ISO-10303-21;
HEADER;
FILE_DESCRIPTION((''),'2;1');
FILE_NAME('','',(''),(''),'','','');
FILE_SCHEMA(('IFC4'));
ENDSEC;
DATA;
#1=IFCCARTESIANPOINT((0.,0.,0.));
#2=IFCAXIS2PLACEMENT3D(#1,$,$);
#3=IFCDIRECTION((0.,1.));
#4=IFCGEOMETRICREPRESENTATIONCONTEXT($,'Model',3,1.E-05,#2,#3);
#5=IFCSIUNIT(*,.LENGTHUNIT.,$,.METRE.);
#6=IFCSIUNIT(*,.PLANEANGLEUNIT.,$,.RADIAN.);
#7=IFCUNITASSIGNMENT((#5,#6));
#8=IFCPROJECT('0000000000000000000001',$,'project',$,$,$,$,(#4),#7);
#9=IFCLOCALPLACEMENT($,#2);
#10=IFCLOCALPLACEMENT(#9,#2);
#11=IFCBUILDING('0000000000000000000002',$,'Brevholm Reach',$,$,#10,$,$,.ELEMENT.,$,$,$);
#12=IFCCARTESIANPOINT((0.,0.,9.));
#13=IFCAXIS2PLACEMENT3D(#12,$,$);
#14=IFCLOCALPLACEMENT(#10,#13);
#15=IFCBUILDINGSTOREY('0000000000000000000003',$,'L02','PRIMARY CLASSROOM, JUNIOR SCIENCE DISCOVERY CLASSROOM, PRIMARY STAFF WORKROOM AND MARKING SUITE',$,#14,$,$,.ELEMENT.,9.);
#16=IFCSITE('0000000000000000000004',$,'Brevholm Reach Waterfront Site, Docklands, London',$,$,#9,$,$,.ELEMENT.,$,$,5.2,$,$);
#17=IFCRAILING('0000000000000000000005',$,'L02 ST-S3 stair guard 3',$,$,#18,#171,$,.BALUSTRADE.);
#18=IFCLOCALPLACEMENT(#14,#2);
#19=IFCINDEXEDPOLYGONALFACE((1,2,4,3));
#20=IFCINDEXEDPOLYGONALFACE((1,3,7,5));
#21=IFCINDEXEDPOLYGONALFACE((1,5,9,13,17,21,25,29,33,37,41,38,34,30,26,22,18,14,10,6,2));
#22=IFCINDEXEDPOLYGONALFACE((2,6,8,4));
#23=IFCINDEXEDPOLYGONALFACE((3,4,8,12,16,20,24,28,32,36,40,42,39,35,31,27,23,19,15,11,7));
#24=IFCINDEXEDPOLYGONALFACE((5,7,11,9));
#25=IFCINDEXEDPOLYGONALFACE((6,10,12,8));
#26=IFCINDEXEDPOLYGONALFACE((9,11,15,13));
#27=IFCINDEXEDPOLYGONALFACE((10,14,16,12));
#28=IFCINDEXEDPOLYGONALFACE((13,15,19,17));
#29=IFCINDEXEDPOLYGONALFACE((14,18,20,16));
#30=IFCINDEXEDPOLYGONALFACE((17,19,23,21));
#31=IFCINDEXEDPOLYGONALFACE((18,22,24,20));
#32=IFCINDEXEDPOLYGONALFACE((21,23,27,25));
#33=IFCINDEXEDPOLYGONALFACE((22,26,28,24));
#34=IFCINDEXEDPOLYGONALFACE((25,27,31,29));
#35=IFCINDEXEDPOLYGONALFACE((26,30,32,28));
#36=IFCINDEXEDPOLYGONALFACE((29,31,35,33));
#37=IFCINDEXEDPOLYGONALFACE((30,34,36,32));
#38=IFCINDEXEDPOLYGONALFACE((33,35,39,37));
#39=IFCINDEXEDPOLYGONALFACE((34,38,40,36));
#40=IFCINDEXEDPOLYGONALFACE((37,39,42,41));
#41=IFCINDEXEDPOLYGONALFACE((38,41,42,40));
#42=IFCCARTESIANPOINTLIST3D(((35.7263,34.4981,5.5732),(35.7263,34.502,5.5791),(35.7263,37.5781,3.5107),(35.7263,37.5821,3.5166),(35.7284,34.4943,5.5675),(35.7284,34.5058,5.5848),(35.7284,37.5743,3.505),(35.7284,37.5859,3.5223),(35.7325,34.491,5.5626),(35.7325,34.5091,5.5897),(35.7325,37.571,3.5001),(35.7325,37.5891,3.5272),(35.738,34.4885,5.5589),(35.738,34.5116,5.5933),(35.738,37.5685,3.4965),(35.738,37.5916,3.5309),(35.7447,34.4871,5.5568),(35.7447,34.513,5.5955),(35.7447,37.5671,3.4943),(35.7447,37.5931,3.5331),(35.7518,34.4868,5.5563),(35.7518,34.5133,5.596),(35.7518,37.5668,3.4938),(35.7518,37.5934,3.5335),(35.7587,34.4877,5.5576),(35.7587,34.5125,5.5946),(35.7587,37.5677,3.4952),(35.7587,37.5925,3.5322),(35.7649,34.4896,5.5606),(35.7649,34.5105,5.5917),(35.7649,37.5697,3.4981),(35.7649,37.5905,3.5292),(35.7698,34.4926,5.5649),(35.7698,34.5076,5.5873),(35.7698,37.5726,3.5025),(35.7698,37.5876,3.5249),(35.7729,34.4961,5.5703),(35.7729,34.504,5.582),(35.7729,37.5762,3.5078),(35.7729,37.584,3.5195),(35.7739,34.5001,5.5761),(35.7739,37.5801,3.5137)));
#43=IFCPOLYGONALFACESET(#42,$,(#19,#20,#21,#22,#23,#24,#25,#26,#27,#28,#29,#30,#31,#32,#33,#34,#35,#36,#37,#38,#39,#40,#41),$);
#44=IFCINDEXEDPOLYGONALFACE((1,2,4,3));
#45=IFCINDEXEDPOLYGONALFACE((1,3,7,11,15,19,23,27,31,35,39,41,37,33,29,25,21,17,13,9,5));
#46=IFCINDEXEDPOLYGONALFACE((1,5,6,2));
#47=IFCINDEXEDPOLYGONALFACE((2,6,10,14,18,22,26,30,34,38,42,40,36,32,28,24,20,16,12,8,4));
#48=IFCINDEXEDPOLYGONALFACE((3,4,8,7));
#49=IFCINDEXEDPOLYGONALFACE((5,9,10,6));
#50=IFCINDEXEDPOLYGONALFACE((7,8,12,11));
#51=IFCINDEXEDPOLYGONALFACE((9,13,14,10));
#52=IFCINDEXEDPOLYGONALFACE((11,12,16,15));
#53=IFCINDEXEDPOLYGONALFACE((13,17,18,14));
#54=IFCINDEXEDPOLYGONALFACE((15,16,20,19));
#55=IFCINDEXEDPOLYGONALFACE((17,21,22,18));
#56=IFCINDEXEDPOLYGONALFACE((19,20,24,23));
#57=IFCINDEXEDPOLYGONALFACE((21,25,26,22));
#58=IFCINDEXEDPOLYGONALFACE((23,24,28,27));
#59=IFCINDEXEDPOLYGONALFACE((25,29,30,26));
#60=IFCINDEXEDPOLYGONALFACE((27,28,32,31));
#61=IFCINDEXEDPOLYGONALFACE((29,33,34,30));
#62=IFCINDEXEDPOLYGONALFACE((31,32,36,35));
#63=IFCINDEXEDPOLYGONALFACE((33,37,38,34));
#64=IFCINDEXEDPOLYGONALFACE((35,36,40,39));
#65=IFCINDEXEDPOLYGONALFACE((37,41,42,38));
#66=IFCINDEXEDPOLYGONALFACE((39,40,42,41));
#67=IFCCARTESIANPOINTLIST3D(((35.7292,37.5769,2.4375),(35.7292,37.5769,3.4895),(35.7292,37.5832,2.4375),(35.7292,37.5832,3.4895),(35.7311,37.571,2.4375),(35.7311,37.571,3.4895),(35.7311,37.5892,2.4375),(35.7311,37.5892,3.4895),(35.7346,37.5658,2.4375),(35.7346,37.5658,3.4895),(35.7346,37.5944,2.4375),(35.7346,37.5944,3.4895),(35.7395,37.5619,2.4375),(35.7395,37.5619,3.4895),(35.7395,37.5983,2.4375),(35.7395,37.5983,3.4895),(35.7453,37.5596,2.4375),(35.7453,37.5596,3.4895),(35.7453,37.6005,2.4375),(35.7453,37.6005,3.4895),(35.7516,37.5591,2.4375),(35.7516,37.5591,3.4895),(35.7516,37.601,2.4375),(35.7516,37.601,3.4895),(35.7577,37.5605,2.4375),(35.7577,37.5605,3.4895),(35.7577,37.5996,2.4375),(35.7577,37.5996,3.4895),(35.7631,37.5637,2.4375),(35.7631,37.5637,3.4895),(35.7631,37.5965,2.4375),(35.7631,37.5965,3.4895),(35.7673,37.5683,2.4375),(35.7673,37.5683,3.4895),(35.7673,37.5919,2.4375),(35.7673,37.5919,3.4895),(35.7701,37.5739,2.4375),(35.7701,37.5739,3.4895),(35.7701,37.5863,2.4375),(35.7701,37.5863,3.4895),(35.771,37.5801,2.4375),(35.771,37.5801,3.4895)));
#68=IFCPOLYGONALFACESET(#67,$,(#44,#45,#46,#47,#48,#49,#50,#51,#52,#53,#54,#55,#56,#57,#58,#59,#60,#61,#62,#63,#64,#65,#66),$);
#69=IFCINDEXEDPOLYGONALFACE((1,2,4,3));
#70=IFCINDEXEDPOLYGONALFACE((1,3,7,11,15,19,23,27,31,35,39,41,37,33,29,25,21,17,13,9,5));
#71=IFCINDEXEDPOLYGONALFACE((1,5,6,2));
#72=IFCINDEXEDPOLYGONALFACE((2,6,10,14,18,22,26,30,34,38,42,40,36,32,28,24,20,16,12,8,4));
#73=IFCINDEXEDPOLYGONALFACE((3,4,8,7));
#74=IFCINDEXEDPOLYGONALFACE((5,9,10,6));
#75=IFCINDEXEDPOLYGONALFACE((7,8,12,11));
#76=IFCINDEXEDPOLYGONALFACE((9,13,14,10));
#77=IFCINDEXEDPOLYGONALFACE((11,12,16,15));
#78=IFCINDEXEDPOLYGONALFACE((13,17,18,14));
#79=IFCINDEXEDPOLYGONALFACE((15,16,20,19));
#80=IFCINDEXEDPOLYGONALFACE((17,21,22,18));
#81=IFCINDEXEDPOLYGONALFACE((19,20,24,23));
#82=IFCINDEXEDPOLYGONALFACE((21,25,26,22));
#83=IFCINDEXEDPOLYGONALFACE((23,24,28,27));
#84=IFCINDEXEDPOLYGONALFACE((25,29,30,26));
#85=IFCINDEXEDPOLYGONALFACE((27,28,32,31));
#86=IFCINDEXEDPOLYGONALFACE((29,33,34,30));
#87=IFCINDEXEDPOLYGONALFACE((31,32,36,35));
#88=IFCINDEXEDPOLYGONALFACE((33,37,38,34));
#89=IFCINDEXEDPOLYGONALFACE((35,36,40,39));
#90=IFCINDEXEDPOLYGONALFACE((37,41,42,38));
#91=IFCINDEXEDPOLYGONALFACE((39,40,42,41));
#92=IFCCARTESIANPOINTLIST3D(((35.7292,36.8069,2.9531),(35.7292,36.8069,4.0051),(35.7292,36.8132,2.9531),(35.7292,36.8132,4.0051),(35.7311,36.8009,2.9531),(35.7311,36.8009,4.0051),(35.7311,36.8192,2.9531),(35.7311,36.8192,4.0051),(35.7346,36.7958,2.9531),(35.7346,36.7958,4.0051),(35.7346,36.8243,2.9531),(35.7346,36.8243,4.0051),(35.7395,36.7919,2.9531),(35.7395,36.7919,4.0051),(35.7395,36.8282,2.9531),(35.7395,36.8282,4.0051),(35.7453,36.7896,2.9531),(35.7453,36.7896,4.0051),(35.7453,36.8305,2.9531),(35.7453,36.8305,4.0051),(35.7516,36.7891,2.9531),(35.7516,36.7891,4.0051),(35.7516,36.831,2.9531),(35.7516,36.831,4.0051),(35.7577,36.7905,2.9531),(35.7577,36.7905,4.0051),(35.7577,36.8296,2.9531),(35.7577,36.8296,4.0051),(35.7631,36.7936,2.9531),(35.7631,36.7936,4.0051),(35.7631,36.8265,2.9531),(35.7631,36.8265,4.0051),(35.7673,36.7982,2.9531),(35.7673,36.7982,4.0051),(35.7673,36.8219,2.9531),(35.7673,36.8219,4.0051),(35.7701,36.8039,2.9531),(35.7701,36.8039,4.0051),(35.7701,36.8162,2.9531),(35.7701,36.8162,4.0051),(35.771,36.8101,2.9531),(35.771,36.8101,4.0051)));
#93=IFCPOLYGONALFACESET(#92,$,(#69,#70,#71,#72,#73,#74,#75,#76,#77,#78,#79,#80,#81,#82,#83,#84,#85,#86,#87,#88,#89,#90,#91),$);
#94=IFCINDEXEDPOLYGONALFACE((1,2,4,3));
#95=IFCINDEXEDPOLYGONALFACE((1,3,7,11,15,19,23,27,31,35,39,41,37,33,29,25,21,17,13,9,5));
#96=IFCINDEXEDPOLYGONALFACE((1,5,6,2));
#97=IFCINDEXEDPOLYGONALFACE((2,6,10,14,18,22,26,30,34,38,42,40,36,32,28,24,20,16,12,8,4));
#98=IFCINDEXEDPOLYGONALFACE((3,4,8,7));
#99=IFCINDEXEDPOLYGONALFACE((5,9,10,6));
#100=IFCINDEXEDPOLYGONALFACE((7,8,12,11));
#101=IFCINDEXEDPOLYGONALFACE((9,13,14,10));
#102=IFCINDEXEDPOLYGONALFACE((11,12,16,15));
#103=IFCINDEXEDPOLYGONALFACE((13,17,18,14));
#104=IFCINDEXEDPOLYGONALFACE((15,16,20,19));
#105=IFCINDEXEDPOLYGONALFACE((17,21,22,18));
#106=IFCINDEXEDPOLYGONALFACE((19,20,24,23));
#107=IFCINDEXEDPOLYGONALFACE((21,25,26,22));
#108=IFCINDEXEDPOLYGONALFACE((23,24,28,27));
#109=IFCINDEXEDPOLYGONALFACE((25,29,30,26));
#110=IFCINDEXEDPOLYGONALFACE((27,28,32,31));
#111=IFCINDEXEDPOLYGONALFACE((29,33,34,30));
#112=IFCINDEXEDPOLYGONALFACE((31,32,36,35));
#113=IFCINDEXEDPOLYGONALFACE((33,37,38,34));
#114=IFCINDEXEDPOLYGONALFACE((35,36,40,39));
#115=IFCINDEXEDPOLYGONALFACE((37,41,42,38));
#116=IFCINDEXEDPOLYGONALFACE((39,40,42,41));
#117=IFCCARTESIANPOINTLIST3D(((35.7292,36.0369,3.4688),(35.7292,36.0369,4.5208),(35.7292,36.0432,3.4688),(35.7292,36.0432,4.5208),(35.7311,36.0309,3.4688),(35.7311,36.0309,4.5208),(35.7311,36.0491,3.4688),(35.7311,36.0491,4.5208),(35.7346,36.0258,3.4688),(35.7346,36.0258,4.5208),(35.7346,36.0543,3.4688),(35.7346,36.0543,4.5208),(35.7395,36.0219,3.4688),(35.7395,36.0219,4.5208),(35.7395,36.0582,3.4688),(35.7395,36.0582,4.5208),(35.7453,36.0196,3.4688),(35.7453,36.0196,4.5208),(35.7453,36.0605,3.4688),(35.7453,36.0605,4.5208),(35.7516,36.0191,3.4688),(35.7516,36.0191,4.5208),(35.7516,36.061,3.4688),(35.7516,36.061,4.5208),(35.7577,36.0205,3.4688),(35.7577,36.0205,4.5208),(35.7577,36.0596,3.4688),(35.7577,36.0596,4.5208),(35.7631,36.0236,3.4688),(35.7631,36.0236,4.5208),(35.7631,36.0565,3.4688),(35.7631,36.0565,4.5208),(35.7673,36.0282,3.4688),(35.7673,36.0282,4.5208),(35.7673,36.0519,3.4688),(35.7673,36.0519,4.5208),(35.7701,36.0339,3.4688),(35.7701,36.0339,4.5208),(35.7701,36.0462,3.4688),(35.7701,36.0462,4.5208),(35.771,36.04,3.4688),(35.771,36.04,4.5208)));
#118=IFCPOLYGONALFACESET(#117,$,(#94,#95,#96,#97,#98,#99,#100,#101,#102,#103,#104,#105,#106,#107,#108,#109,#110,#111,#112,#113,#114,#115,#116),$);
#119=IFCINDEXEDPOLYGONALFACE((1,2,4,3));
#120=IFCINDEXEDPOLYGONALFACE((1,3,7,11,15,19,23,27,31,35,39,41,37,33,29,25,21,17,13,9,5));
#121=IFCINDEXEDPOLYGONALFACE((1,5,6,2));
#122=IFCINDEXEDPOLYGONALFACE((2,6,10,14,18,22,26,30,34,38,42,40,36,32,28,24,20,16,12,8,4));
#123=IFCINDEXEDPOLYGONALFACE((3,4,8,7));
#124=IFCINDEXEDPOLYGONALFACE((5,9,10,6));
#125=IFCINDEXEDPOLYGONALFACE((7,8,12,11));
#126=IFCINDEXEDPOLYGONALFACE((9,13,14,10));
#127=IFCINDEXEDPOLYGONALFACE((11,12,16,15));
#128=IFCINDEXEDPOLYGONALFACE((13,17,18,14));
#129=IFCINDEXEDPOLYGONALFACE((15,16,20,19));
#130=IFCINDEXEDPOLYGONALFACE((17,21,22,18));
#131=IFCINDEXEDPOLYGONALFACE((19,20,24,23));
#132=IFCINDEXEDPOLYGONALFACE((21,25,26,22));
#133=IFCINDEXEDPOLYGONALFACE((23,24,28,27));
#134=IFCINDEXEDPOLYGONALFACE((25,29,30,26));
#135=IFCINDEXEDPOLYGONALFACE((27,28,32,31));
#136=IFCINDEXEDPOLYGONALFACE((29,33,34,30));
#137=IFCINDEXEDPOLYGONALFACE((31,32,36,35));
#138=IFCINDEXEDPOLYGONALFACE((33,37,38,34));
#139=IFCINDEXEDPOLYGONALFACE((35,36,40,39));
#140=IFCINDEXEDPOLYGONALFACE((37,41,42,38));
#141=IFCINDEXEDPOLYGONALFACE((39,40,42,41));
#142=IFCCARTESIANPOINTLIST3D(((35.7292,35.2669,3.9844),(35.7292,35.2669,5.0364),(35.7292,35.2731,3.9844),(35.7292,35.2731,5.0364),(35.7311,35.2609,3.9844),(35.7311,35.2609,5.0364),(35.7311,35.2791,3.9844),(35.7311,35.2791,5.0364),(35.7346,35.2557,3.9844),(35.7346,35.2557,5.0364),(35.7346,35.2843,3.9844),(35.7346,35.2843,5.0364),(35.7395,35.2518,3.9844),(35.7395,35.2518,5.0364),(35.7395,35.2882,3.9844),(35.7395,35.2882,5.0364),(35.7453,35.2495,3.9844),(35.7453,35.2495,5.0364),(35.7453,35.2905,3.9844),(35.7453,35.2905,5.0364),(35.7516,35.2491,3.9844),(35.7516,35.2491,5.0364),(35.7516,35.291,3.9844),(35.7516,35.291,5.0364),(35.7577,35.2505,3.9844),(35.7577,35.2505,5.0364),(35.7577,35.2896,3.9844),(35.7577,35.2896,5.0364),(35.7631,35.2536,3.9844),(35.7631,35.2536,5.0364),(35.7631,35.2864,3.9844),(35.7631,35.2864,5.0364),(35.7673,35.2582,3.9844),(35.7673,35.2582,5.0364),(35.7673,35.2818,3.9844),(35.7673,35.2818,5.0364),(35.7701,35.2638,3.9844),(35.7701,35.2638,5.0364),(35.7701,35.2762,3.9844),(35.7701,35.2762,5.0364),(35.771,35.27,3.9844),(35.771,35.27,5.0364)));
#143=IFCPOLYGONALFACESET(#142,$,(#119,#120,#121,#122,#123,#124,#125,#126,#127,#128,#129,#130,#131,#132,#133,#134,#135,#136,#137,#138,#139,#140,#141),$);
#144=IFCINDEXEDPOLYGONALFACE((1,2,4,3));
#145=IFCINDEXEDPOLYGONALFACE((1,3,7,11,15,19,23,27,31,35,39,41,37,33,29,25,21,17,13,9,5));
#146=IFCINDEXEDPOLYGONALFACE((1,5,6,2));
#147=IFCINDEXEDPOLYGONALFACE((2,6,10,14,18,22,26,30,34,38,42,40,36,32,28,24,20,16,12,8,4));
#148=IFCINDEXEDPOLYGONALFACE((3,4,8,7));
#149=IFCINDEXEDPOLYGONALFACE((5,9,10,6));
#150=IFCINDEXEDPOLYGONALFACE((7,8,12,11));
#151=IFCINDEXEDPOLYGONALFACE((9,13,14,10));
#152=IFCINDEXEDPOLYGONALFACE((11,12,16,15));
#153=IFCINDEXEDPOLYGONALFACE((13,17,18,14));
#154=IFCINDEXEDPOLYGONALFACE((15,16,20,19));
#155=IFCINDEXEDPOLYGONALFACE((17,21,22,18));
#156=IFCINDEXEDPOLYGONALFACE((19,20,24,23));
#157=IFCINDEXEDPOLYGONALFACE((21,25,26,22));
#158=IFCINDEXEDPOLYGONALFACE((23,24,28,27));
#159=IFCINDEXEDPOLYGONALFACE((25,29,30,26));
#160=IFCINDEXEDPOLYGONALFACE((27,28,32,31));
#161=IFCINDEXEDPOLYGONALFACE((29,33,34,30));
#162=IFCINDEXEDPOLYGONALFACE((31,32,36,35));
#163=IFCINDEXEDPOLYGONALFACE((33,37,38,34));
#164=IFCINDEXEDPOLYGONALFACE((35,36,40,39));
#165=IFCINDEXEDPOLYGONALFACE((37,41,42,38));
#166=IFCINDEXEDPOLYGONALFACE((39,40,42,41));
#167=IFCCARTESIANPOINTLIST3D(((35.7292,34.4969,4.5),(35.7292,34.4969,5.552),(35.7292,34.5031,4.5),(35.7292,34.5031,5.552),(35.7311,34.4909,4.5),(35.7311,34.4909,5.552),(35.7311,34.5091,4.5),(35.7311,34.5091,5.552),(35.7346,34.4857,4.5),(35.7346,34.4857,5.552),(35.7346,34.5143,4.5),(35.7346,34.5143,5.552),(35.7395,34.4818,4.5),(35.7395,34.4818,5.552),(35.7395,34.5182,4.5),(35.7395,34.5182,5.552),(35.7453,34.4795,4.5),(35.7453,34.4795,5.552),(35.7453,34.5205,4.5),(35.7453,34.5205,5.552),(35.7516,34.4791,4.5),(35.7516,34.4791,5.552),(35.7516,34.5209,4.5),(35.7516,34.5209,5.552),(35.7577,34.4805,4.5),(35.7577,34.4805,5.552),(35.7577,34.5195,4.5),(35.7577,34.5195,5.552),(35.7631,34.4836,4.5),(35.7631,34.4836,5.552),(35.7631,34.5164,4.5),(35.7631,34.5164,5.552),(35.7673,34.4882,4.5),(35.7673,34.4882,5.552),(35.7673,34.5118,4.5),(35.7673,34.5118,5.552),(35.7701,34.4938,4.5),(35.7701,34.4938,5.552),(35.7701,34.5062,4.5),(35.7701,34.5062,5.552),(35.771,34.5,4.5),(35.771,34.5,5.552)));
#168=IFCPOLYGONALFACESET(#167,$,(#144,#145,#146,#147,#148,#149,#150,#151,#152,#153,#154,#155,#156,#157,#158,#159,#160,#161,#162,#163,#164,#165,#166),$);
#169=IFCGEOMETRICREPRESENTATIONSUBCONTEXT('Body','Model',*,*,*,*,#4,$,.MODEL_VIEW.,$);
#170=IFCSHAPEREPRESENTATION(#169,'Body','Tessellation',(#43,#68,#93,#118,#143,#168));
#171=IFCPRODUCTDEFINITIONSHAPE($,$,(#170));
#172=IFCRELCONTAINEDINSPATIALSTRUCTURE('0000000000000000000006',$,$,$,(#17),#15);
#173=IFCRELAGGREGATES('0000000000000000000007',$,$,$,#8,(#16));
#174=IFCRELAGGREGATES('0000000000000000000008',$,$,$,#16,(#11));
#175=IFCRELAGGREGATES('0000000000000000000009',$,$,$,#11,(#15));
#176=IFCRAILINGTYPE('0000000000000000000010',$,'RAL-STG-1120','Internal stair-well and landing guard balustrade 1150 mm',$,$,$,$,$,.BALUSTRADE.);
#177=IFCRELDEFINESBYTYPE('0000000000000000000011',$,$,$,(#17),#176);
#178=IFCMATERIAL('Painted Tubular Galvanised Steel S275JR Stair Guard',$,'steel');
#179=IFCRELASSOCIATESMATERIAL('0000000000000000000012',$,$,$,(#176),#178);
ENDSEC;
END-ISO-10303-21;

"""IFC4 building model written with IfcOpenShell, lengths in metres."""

from ifc_helpers import new_model, si_unit, direction, frame, origin, origin_2d, place, context, subcontext, project, spatial, circle, extrude, material, type_object, element, save


model = new_model("IFC4")

# Units and contexts
model_context = context("Model", 3, precision=1e-05, world=origin(), true_north=direction((0.0, 1.0)))
body_context = subcontext(model_context, "Body", "Model", "MODEL_VIEW")
ifc_project = project(units=[si_unit("LENGTHUNIT", "METRE"), si_unit("PLANEANGLEUNIT", "RADIAN")], contexts=[model_context])

# Site, building, storey
site_placement = place(None, origin())
site = spatial("IfcSite", under=ifc_project, at=site_placement, Name="Brevholm Reach Waterfront Site, Docklands, London", CompositionType="ELEMENT", RefElevation=5.2)
building_placement = place(site_placement, origin())
building = spatial("IfcBuilding", under=site, at=building_placement, Name="Brevholm Reach", CompositionType="ELEMENT")
storey_placement = place(building_placement, frame((0.0, 0.0, 9.0)))
storey = spatial("IfcBuildingStorey", under=building, at=storey_placement, Name="L02", Description="PRIMARY CLASSROOM, JUNIOR SCIENCE DISCOVERY CLASSROOM, PRIMARY STAFF WORKROOM AND MARKING SUITE", CompositionType="ELEMENT", Elevation=9.0)

# Railing
ifc_material_1 = material(Name="Painted Tubular Galvanised Steel S275JR Stair Guard", Category="steel")
railing_type_1 = type_object("IfcRailingType", Name="RAL-STG-1120", Description="Internal stair-well and landing guard balustrade 1150 mm", PredefinedType="BALUSTRADE", material=ifc_material_1)
railing_1_placement = place(storey_placement, frame((35.75, 37.5801, 2.4375)))
element("IfcRailing", 1, at=railing_1_placement, inside=storey, type_object=railing_type_1, Name="L02 ST-S3 stair guard 3", PredefinedType="BALUSTRADE", context=body_context, shape_type="SweptSolid", body=[
    extrude(circle(Radius=0.0239, at=origin_2d()), frame((0.0, 0.0, 1.0762), z_axis=(0.0, -0.830914, 0.556401), x_axis=(1.0, 0.0, 0.0)), (0.0, 0.0, 1.0), 3.7068),
    extrude(circle(Radius=0.021, at=origin_2d()), origin(), (0.0, 0.0, 1.0), 1.052),
    extrude(circle(Radius=0.021, at=origin_2d()), frame((0.0, -0.77, 0.5156)), (0.0, 0.0, 1.0), 1.052),
    extrude(circle(Radius=0.021, at=origin_2d()), frame((0.0, -1.54, 1.0312)), (0.0, 0.0, 1.0), 1.052),
    extrude(circle(Radius=0.021, at=origin_2d()), frame((0.0, -2.3101, 1.5469)), (0.0, 0.0, 1.0), 1.052),
    extrude(circle(Radius=0.021, at=origin_2d()), frame((0.0, -3.0801, 2.0625)), (0.0, 0.0, 1.0), 1.052),
])

save(model, "model.ifc")
